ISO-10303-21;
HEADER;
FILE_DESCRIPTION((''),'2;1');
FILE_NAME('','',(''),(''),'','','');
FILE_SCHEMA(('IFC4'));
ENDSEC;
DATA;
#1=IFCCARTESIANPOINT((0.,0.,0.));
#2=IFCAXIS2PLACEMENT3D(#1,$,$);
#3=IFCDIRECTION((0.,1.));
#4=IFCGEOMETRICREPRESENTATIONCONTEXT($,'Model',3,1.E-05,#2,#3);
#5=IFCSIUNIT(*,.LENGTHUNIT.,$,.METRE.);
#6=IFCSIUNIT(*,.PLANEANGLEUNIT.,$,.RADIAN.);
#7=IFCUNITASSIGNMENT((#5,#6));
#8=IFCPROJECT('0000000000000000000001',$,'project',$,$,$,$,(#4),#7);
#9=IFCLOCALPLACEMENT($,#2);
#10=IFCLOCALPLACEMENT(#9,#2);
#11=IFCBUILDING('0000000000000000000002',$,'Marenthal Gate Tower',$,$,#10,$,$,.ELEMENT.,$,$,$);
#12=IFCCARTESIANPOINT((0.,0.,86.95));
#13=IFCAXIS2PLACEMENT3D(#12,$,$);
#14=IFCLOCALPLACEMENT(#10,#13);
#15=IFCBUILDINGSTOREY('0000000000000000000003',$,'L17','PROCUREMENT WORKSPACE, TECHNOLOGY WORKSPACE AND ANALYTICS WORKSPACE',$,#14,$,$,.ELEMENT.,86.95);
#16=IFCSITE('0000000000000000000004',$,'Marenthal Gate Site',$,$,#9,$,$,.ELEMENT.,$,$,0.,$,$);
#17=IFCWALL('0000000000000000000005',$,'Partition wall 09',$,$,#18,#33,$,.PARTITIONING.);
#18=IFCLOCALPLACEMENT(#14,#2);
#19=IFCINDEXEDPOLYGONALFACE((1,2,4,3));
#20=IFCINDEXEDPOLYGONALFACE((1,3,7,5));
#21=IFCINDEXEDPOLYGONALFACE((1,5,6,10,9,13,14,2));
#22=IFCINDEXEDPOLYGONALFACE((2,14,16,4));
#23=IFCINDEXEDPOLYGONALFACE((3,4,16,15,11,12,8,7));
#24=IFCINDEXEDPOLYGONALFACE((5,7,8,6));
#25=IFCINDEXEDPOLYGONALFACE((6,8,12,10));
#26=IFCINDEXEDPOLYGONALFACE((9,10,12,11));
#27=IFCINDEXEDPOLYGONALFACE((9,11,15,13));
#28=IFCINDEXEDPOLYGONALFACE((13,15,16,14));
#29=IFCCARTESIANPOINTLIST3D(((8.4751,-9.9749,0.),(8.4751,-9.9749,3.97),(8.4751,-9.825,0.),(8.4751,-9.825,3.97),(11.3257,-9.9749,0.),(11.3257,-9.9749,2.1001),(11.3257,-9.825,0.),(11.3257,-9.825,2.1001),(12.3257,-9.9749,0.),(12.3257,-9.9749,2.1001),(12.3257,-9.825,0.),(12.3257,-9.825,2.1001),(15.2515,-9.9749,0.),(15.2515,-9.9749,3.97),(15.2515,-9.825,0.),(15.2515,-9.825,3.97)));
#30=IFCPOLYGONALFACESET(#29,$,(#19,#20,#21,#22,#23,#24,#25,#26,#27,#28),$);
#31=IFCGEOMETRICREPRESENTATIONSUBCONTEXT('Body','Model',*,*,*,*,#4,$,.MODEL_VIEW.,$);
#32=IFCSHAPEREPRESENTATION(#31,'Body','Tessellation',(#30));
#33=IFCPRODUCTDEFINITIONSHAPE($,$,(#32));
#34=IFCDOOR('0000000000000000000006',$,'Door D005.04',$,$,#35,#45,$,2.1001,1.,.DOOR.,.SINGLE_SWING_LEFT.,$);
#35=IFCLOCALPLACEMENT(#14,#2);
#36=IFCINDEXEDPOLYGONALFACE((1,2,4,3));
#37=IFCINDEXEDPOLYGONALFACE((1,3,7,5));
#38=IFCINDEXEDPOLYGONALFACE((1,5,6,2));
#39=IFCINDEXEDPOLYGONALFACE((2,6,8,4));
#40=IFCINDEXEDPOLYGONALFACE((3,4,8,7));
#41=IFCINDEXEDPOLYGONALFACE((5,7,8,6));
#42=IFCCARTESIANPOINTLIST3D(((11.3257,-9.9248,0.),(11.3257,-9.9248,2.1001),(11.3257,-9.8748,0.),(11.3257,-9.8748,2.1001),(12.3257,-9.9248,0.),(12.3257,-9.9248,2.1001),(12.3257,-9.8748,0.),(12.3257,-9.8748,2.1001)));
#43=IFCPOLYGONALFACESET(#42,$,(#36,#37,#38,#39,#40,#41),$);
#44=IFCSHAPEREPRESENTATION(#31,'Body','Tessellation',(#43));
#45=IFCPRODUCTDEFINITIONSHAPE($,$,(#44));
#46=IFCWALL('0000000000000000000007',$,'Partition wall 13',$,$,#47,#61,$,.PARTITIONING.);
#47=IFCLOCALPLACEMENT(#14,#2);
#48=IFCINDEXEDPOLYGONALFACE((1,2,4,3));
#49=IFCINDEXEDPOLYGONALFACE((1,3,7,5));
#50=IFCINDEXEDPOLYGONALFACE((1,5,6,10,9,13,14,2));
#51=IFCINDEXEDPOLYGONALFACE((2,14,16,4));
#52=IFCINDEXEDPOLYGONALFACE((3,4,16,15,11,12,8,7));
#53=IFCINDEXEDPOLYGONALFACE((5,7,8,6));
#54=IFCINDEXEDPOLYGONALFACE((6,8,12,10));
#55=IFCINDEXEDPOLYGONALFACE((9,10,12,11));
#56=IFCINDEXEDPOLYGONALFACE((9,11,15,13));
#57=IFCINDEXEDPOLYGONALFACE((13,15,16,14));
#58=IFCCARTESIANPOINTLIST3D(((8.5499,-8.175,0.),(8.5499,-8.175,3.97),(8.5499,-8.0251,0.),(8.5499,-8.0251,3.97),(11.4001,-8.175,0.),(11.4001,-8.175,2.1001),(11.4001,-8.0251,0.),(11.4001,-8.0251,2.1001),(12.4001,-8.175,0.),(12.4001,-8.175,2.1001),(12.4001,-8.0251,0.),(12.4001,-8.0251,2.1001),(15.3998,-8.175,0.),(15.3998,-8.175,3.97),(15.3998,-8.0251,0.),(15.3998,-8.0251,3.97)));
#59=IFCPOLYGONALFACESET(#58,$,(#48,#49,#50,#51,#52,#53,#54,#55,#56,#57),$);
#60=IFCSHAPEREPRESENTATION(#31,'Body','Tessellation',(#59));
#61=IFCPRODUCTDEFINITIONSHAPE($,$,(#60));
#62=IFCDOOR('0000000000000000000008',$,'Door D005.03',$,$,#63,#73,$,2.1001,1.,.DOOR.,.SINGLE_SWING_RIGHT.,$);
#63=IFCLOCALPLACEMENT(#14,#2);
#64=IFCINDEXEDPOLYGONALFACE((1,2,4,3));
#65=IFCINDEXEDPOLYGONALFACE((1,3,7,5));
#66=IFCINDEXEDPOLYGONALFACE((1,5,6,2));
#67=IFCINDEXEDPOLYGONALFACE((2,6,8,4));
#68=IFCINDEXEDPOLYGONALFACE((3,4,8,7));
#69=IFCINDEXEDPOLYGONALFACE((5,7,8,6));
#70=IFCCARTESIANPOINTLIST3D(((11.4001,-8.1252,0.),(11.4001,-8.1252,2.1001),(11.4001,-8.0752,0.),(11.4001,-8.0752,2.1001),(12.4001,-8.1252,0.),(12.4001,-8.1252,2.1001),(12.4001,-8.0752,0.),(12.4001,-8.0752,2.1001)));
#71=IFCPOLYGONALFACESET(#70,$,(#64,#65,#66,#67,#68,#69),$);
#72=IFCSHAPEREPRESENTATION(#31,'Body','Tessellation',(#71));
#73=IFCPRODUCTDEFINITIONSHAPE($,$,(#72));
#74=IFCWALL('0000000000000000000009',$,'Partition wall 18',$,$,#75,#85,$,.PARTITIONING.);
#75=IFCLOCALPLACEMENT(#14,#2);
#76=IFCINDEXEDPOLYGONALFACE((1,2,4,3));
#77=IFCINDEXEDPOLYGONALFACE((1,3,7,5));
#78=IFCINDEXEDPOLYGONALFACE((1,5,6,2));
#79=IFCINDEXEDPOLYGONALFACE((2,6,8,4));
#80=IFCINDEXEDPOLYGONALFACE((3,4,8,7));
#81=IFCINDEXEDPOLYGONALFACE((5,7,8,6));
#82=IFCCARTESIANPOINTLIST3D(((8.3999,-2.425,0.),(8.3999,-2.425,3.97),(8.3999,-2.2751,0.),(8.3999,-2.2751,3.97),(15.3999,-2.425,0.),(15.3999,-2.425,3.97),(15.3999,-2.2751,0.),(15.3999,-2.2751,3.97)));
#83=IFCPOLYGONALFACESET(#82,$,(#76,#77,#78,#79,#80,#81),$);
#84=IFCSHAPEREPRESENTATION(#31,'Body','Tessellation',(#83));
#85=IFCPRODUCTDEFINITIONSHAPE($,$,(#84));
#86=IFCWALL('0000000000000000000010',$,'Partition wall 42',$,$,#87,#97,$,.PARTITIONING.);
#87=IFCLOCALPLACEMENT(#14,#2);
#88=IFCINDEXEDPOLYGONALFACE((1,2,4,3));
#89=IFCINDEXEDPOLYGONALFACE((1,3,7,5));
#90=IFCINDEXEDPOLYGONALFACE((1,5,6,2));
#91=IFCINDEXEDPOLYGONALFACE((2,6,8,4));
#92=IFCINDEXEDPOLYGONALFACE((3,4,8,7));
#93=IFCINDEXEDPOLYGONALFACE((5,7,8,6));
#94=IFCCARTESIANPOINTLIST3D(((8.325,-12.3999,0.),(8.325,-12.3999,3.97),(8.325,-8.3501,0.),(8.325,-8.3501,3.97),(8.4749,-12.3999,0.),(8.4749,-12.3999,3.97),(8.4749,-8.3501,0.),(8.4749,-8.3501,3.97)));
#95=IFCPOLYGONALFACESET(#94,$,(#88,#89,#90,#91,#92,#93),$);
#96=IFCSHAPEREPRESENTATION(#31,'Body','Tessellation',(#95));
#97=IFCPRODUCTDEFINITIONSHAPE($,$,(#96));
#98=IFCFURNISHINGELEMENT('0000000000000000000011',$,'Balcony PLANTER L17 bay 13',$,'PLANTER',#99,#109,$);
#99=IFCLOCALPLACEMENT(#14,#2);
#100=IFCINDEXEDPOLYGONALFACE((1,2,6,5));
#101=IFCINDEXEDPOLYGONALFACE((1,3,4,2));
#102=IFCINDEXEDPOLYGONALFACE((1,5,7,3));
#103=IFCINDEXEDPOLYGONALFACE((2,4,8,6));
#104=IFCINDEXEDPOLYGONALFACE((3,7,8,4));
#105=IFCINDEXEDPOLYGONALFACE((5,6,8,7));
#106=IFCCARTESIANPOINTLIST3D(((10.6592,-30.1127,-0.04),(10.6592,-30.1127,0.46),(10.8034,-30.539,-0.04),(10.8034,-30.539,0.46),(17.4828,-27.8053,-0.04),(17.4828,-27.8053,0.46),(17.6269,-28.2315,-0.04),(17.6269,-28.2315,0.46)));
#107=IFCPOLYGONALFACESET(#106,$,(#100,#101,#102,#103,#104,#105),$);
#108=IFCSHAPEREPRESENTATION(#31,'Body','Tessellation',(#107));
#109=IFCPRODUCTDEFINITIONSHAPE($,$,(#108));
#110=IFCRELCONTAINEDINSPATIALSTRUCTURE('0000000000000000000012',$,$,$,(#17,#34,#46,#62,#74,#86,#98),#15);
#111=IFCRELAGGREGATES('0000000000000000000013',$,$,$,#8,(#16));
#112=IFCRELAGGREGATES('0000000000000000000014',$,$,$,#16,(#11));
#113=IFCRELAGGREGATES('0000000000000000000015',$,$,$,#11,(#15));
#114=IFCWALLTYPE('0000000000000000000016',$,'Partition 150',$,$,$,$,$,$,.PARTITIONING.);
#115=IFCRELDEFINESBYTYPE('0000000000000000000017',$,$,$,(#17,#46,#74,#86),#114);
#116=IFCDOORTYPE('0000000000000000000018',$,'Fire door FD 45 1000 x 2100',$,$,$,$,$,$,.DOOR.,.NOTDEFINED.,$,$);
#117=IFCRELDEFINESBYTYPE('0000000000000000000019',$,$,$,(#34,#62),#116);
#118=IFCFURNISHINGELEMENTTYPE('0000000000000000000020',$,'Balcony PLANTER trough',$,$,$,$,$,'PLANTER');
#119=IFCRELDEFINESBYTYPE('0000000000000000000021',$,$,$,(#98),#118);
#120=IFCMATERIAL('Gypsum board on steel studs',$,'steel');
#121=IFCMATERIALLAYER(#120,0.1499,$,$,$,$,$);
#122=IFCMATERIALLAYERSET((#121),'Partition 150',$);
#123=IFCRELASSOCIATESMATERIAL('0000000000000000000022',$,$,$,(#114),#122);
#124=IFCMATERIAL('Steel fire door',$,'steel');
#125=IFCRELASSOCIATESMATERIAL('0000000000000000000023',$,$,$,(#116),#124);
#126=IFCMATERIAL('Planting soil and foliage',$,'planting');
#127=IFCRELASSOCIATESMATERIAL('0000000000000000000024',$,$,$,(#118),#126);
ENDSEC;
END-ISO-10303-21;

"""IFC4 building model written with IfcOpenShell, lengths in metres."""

from ifc_helpers import new_model, si_unit, direction, frame, frame_2d, origin, origin_2d, place, context, subcontext, project, spatial, rectangle, extrude, material, layer, layer_set, type_object, element, fill, save


model = new_model("IFC4")

# Units and contexts
model_context = context("Model", 3, precision=1e-05, world=origin(), true_north=direction((0.0, 1.0)))
body_context = subcontext(model_context, "Body", "Model", "MODEL_VIEW")
ifc_project = project(units=[si_unit("LENGTHUNIT", "METRE"), si_unit("PLANEANGLEUNIT", "RADIAN")], contexts=[model_context])

# Site, building, storey
site_placement = place(None, origin())
site = spatial("IfcSite", under=ifc_project, at=site_placement, Name="Marenthal Gate Site", CompositionType="ELEMENT", RefElevation=0.0)
building_placement = place(site_placement, origin())
building = spatial("IfcBuilding", under=site, at=building_placement, Name="Marenthal Gate Tower", CompositionType="ELEMENT")
storey_placement = place(building_placement, frame((0.0, 0.0, 86.95)))
storey = spatial("IfcBuildingStorey", under=building, at=storey_placement, Name="L17", Description="PROCUREMENT WORKSPACE, TECHNOLOGY WORKSPACE AND ANALYTICS WORKSPACE", CompositionType="ELEMENT", Elevation=86.95)

# Walls, openings, doors
ifc_material_1 = material(Name="Gypsum board on steel studs", Category="steel")
ifc_layer_1 = layer(ifc_material_1, 0.1499)
ifc_layer_set_1 = layer_set([ifc_layer_1], Name="Partition 150")
wall_type_1 = type_object("IfcWallType", Name="Partition 150", PredefinedType="PARTITIONING", material=ifc_layer_set_1)
wall_1_placement = place(storey_placement, frame((8.4751, -9.8999, 0.0), z_axis=(0.0, 0.0, 1.0), x_axis=(1.0, 0.0, 0.0)))
wall_1 = element("IfcWall", 1, at=wall_1_placement, inside=storey, type_object=wall_type_1, Name="Partition wall 09", PredefinedType="PARTITIONING", context=body_context, shape_type="SweptSolid", body=[
    extrude(rectangle(XDim=6.7764, YDim=0.1499, at=frame_2d((3.3882, 0.0))), origin(), (0.0, 0.0, 1.0), 3.97),
])
opening_1_placement = place(wall_1_placement, frame((2.8506, 0.0, 0.0)))
opening_1 = element("IfcOpeningElement", 2, at=opening_1_placement, cuts=wall_1, PredefinedType="OPENING", context=body_context, shape_type="SweptSolid", body=[
    extrude(rectangle(XDim=1.0, YDim=2.1001, at=frame_2d((0.5, 1.05))), frame((0.0, 0.085, 0.0), z_axis=(0.0, -1.0, 0.0), x_axis=(1.0, 0.0, 0.0)), (0.0, 0.0, 1.0), 0.1699),
])
ifc_material_2 = material(Name="Steel fire door", Category="steel")
door_type_1 = type_object("IfcDoorType", Name="Fire door FD 45 1000 x 2100", OperationType="NOTDEFINED", PredefinedType="DOOR", material=ifc_material_2)
door_1_placement = place(opening_1_placement, frame((1.0, 0.0, 0.0), z_axis=(0.0, 0.0, 1.0), x_axis=(-1.0, 0.0, 0.0)))
door_1 = element("IfcDoor", 3, at=door_1_placement, inside=storey, type_object=door_type_1, Name="Door D005.04", OperationType="SINGLE_SWING_LEFT", OverallHeight=2.1001, OverallWidth=1.0, PredefinedType="DOOR", context=body_context, shape_type="SweptSolid", body=[
    extrude(rectangle(XDim=1.0, YDim=2.1001, at=frame_2d((0.5, 1.05))), frame((0.0, 0.0249, 0.0), z_axis=(0.0, -1.0, 0.0), x_axis=(1.0, 0.0, 0.0)), (0.0, 0.0, 1.0), 0.05),
])
fill(opening_1, door_1)
wall_2_placement = place(storey_placement, frame((8.55, -8.1001, 0.0), z_axis=(0.0, 0.0, 1.0), x_axis=(1.0, 0.0, 0.0)))
wall_2 = element("IfcWall", 4, at=wall_2_placement, inside=storey, type_object=wall_type_1, Name="Partition wall 13", PredefinedType="PARTITIONING", context=body_context, shape_type="SweptSolid", body=[
    extrude(rectangle(XDim=6.8499, YDim=0.1499, at=frame_2d((3.4248, 0.0))), origin(), (0.0, 0.0, 1.0), 3.97),
])
opening_2_placement = place(wall_2_placement, frame((2.8501, 0.0, 0.0)))
opening_2 = element("IfcOpeningElement", 5, at=opening_2_placement, cuts=wall_2, PredefinedType="OPENING", context=body_context, shape_type="SweptSolid", body=[
    extrude(rectangle(XDim=1.0, YDim=2.1001, at=frame_2d((0.5, 1.05))), frame((0.0, 0.085, 0.0), z_axis=(0.0, -1.0, 0.0), x_axis=(1.0, 0.0, 0.0)), (0.0, 0.0, 1.0), 0.1699),
])
door_2_placement = place(opening_2_placement, origin())
door_2 = element("IfcDoor", 6, at=door_2_placement, inside=storey, type_object=door_type_1, Name="Door D005.03", OperationType="SINGLE_SWING_RIGHT", OverallHeight=2.1001, OverallWidth=1.0, PredefinedType="DOOR", context=body_context, shape_type="SweptSolid", body=[
    extrude(rectangle(XDim=1.0, YDim=2.1001, at=frame_2d((0.5, 1.05))), frame((0.0, 0.0249, 0.0), z_axis=(0.0, -1.0, 0.0), x_axis=(1.0, 0.0, 0.0)), (0.0, 0.0, 1.0), 0.05),
])
fill(opening_2, door_2)

# Walls
wall_3_placement = place(storey_placement, frame((8.3999, -2.3501, 0.0), z_axis=(0.0, 0.0, 1.0), x_axis=(1.0, 0.0, 0.0)))
element("IfcWall", 7, at=wall_3_placement, inside=storey, type_object=wall_type_1, Name="Partition wall 18", PredefinedType="PARTITIONING", context=body_context, shape_type="SweptSolid", body=[
    extrude(rectangle(XDim=7.0, YDim=0.1499, at=frame_2d((3.5, 0.0))), origin(), (0.0, 0.0, 1.0), 3.97),
])
wall_4_placement = place(storey_placement, frame((8.3999, -12.3999, 0.0), z_axis=(0.0, 0.0, 1.0), x_axis=(0.0, 1.0, 0.0)))
element("IfcWall", 8, at=wall_4_placement, inside=storey, type_object=wall_type_1, Name="Partition wall 42", PredefinedType="PARTITIONING", context=body_context, shape_type="SweptSolid", body=[
    extrude(rectangle(XDim=4.0498, YDim=0.1499, at=frame_2d((2.0249, 0.0))), origin(), (0.0, 0.0, 1.0), 3.97),
])

# Furnishing element
ifc_material_3 = material(Name="Planting soil and foliage", Category="planting")
furnishing_element_type = type_object("IfcFurnishingElementType", Name="Balcony PLANTER trough", ElementType="PLANTER", material=ifc_material_3)
furnishing_placement = place(storey_placement, frame((14.1431, -29.1721, -0.04), z_axis=(0.0, 0.0, 1.0), x_axis=(0.947302, 0.320343, 0.0)))
element("IfcFurnishingElement", 9, at=furnishing_placement, inside=storey, type_object=furnishing_element_type, Name="Balcony PLANTER L17 bay 13", ObjectType="PLANTER", context=body_context, shape_type="SweptSolid", body=[
    extrude(rectangle(XDim=7.2031, YDim=0.45, at=origin_2d()), origin(), (0.0, 0.0, 1.0), 0.5),
])

save(model, "model.ifc")
